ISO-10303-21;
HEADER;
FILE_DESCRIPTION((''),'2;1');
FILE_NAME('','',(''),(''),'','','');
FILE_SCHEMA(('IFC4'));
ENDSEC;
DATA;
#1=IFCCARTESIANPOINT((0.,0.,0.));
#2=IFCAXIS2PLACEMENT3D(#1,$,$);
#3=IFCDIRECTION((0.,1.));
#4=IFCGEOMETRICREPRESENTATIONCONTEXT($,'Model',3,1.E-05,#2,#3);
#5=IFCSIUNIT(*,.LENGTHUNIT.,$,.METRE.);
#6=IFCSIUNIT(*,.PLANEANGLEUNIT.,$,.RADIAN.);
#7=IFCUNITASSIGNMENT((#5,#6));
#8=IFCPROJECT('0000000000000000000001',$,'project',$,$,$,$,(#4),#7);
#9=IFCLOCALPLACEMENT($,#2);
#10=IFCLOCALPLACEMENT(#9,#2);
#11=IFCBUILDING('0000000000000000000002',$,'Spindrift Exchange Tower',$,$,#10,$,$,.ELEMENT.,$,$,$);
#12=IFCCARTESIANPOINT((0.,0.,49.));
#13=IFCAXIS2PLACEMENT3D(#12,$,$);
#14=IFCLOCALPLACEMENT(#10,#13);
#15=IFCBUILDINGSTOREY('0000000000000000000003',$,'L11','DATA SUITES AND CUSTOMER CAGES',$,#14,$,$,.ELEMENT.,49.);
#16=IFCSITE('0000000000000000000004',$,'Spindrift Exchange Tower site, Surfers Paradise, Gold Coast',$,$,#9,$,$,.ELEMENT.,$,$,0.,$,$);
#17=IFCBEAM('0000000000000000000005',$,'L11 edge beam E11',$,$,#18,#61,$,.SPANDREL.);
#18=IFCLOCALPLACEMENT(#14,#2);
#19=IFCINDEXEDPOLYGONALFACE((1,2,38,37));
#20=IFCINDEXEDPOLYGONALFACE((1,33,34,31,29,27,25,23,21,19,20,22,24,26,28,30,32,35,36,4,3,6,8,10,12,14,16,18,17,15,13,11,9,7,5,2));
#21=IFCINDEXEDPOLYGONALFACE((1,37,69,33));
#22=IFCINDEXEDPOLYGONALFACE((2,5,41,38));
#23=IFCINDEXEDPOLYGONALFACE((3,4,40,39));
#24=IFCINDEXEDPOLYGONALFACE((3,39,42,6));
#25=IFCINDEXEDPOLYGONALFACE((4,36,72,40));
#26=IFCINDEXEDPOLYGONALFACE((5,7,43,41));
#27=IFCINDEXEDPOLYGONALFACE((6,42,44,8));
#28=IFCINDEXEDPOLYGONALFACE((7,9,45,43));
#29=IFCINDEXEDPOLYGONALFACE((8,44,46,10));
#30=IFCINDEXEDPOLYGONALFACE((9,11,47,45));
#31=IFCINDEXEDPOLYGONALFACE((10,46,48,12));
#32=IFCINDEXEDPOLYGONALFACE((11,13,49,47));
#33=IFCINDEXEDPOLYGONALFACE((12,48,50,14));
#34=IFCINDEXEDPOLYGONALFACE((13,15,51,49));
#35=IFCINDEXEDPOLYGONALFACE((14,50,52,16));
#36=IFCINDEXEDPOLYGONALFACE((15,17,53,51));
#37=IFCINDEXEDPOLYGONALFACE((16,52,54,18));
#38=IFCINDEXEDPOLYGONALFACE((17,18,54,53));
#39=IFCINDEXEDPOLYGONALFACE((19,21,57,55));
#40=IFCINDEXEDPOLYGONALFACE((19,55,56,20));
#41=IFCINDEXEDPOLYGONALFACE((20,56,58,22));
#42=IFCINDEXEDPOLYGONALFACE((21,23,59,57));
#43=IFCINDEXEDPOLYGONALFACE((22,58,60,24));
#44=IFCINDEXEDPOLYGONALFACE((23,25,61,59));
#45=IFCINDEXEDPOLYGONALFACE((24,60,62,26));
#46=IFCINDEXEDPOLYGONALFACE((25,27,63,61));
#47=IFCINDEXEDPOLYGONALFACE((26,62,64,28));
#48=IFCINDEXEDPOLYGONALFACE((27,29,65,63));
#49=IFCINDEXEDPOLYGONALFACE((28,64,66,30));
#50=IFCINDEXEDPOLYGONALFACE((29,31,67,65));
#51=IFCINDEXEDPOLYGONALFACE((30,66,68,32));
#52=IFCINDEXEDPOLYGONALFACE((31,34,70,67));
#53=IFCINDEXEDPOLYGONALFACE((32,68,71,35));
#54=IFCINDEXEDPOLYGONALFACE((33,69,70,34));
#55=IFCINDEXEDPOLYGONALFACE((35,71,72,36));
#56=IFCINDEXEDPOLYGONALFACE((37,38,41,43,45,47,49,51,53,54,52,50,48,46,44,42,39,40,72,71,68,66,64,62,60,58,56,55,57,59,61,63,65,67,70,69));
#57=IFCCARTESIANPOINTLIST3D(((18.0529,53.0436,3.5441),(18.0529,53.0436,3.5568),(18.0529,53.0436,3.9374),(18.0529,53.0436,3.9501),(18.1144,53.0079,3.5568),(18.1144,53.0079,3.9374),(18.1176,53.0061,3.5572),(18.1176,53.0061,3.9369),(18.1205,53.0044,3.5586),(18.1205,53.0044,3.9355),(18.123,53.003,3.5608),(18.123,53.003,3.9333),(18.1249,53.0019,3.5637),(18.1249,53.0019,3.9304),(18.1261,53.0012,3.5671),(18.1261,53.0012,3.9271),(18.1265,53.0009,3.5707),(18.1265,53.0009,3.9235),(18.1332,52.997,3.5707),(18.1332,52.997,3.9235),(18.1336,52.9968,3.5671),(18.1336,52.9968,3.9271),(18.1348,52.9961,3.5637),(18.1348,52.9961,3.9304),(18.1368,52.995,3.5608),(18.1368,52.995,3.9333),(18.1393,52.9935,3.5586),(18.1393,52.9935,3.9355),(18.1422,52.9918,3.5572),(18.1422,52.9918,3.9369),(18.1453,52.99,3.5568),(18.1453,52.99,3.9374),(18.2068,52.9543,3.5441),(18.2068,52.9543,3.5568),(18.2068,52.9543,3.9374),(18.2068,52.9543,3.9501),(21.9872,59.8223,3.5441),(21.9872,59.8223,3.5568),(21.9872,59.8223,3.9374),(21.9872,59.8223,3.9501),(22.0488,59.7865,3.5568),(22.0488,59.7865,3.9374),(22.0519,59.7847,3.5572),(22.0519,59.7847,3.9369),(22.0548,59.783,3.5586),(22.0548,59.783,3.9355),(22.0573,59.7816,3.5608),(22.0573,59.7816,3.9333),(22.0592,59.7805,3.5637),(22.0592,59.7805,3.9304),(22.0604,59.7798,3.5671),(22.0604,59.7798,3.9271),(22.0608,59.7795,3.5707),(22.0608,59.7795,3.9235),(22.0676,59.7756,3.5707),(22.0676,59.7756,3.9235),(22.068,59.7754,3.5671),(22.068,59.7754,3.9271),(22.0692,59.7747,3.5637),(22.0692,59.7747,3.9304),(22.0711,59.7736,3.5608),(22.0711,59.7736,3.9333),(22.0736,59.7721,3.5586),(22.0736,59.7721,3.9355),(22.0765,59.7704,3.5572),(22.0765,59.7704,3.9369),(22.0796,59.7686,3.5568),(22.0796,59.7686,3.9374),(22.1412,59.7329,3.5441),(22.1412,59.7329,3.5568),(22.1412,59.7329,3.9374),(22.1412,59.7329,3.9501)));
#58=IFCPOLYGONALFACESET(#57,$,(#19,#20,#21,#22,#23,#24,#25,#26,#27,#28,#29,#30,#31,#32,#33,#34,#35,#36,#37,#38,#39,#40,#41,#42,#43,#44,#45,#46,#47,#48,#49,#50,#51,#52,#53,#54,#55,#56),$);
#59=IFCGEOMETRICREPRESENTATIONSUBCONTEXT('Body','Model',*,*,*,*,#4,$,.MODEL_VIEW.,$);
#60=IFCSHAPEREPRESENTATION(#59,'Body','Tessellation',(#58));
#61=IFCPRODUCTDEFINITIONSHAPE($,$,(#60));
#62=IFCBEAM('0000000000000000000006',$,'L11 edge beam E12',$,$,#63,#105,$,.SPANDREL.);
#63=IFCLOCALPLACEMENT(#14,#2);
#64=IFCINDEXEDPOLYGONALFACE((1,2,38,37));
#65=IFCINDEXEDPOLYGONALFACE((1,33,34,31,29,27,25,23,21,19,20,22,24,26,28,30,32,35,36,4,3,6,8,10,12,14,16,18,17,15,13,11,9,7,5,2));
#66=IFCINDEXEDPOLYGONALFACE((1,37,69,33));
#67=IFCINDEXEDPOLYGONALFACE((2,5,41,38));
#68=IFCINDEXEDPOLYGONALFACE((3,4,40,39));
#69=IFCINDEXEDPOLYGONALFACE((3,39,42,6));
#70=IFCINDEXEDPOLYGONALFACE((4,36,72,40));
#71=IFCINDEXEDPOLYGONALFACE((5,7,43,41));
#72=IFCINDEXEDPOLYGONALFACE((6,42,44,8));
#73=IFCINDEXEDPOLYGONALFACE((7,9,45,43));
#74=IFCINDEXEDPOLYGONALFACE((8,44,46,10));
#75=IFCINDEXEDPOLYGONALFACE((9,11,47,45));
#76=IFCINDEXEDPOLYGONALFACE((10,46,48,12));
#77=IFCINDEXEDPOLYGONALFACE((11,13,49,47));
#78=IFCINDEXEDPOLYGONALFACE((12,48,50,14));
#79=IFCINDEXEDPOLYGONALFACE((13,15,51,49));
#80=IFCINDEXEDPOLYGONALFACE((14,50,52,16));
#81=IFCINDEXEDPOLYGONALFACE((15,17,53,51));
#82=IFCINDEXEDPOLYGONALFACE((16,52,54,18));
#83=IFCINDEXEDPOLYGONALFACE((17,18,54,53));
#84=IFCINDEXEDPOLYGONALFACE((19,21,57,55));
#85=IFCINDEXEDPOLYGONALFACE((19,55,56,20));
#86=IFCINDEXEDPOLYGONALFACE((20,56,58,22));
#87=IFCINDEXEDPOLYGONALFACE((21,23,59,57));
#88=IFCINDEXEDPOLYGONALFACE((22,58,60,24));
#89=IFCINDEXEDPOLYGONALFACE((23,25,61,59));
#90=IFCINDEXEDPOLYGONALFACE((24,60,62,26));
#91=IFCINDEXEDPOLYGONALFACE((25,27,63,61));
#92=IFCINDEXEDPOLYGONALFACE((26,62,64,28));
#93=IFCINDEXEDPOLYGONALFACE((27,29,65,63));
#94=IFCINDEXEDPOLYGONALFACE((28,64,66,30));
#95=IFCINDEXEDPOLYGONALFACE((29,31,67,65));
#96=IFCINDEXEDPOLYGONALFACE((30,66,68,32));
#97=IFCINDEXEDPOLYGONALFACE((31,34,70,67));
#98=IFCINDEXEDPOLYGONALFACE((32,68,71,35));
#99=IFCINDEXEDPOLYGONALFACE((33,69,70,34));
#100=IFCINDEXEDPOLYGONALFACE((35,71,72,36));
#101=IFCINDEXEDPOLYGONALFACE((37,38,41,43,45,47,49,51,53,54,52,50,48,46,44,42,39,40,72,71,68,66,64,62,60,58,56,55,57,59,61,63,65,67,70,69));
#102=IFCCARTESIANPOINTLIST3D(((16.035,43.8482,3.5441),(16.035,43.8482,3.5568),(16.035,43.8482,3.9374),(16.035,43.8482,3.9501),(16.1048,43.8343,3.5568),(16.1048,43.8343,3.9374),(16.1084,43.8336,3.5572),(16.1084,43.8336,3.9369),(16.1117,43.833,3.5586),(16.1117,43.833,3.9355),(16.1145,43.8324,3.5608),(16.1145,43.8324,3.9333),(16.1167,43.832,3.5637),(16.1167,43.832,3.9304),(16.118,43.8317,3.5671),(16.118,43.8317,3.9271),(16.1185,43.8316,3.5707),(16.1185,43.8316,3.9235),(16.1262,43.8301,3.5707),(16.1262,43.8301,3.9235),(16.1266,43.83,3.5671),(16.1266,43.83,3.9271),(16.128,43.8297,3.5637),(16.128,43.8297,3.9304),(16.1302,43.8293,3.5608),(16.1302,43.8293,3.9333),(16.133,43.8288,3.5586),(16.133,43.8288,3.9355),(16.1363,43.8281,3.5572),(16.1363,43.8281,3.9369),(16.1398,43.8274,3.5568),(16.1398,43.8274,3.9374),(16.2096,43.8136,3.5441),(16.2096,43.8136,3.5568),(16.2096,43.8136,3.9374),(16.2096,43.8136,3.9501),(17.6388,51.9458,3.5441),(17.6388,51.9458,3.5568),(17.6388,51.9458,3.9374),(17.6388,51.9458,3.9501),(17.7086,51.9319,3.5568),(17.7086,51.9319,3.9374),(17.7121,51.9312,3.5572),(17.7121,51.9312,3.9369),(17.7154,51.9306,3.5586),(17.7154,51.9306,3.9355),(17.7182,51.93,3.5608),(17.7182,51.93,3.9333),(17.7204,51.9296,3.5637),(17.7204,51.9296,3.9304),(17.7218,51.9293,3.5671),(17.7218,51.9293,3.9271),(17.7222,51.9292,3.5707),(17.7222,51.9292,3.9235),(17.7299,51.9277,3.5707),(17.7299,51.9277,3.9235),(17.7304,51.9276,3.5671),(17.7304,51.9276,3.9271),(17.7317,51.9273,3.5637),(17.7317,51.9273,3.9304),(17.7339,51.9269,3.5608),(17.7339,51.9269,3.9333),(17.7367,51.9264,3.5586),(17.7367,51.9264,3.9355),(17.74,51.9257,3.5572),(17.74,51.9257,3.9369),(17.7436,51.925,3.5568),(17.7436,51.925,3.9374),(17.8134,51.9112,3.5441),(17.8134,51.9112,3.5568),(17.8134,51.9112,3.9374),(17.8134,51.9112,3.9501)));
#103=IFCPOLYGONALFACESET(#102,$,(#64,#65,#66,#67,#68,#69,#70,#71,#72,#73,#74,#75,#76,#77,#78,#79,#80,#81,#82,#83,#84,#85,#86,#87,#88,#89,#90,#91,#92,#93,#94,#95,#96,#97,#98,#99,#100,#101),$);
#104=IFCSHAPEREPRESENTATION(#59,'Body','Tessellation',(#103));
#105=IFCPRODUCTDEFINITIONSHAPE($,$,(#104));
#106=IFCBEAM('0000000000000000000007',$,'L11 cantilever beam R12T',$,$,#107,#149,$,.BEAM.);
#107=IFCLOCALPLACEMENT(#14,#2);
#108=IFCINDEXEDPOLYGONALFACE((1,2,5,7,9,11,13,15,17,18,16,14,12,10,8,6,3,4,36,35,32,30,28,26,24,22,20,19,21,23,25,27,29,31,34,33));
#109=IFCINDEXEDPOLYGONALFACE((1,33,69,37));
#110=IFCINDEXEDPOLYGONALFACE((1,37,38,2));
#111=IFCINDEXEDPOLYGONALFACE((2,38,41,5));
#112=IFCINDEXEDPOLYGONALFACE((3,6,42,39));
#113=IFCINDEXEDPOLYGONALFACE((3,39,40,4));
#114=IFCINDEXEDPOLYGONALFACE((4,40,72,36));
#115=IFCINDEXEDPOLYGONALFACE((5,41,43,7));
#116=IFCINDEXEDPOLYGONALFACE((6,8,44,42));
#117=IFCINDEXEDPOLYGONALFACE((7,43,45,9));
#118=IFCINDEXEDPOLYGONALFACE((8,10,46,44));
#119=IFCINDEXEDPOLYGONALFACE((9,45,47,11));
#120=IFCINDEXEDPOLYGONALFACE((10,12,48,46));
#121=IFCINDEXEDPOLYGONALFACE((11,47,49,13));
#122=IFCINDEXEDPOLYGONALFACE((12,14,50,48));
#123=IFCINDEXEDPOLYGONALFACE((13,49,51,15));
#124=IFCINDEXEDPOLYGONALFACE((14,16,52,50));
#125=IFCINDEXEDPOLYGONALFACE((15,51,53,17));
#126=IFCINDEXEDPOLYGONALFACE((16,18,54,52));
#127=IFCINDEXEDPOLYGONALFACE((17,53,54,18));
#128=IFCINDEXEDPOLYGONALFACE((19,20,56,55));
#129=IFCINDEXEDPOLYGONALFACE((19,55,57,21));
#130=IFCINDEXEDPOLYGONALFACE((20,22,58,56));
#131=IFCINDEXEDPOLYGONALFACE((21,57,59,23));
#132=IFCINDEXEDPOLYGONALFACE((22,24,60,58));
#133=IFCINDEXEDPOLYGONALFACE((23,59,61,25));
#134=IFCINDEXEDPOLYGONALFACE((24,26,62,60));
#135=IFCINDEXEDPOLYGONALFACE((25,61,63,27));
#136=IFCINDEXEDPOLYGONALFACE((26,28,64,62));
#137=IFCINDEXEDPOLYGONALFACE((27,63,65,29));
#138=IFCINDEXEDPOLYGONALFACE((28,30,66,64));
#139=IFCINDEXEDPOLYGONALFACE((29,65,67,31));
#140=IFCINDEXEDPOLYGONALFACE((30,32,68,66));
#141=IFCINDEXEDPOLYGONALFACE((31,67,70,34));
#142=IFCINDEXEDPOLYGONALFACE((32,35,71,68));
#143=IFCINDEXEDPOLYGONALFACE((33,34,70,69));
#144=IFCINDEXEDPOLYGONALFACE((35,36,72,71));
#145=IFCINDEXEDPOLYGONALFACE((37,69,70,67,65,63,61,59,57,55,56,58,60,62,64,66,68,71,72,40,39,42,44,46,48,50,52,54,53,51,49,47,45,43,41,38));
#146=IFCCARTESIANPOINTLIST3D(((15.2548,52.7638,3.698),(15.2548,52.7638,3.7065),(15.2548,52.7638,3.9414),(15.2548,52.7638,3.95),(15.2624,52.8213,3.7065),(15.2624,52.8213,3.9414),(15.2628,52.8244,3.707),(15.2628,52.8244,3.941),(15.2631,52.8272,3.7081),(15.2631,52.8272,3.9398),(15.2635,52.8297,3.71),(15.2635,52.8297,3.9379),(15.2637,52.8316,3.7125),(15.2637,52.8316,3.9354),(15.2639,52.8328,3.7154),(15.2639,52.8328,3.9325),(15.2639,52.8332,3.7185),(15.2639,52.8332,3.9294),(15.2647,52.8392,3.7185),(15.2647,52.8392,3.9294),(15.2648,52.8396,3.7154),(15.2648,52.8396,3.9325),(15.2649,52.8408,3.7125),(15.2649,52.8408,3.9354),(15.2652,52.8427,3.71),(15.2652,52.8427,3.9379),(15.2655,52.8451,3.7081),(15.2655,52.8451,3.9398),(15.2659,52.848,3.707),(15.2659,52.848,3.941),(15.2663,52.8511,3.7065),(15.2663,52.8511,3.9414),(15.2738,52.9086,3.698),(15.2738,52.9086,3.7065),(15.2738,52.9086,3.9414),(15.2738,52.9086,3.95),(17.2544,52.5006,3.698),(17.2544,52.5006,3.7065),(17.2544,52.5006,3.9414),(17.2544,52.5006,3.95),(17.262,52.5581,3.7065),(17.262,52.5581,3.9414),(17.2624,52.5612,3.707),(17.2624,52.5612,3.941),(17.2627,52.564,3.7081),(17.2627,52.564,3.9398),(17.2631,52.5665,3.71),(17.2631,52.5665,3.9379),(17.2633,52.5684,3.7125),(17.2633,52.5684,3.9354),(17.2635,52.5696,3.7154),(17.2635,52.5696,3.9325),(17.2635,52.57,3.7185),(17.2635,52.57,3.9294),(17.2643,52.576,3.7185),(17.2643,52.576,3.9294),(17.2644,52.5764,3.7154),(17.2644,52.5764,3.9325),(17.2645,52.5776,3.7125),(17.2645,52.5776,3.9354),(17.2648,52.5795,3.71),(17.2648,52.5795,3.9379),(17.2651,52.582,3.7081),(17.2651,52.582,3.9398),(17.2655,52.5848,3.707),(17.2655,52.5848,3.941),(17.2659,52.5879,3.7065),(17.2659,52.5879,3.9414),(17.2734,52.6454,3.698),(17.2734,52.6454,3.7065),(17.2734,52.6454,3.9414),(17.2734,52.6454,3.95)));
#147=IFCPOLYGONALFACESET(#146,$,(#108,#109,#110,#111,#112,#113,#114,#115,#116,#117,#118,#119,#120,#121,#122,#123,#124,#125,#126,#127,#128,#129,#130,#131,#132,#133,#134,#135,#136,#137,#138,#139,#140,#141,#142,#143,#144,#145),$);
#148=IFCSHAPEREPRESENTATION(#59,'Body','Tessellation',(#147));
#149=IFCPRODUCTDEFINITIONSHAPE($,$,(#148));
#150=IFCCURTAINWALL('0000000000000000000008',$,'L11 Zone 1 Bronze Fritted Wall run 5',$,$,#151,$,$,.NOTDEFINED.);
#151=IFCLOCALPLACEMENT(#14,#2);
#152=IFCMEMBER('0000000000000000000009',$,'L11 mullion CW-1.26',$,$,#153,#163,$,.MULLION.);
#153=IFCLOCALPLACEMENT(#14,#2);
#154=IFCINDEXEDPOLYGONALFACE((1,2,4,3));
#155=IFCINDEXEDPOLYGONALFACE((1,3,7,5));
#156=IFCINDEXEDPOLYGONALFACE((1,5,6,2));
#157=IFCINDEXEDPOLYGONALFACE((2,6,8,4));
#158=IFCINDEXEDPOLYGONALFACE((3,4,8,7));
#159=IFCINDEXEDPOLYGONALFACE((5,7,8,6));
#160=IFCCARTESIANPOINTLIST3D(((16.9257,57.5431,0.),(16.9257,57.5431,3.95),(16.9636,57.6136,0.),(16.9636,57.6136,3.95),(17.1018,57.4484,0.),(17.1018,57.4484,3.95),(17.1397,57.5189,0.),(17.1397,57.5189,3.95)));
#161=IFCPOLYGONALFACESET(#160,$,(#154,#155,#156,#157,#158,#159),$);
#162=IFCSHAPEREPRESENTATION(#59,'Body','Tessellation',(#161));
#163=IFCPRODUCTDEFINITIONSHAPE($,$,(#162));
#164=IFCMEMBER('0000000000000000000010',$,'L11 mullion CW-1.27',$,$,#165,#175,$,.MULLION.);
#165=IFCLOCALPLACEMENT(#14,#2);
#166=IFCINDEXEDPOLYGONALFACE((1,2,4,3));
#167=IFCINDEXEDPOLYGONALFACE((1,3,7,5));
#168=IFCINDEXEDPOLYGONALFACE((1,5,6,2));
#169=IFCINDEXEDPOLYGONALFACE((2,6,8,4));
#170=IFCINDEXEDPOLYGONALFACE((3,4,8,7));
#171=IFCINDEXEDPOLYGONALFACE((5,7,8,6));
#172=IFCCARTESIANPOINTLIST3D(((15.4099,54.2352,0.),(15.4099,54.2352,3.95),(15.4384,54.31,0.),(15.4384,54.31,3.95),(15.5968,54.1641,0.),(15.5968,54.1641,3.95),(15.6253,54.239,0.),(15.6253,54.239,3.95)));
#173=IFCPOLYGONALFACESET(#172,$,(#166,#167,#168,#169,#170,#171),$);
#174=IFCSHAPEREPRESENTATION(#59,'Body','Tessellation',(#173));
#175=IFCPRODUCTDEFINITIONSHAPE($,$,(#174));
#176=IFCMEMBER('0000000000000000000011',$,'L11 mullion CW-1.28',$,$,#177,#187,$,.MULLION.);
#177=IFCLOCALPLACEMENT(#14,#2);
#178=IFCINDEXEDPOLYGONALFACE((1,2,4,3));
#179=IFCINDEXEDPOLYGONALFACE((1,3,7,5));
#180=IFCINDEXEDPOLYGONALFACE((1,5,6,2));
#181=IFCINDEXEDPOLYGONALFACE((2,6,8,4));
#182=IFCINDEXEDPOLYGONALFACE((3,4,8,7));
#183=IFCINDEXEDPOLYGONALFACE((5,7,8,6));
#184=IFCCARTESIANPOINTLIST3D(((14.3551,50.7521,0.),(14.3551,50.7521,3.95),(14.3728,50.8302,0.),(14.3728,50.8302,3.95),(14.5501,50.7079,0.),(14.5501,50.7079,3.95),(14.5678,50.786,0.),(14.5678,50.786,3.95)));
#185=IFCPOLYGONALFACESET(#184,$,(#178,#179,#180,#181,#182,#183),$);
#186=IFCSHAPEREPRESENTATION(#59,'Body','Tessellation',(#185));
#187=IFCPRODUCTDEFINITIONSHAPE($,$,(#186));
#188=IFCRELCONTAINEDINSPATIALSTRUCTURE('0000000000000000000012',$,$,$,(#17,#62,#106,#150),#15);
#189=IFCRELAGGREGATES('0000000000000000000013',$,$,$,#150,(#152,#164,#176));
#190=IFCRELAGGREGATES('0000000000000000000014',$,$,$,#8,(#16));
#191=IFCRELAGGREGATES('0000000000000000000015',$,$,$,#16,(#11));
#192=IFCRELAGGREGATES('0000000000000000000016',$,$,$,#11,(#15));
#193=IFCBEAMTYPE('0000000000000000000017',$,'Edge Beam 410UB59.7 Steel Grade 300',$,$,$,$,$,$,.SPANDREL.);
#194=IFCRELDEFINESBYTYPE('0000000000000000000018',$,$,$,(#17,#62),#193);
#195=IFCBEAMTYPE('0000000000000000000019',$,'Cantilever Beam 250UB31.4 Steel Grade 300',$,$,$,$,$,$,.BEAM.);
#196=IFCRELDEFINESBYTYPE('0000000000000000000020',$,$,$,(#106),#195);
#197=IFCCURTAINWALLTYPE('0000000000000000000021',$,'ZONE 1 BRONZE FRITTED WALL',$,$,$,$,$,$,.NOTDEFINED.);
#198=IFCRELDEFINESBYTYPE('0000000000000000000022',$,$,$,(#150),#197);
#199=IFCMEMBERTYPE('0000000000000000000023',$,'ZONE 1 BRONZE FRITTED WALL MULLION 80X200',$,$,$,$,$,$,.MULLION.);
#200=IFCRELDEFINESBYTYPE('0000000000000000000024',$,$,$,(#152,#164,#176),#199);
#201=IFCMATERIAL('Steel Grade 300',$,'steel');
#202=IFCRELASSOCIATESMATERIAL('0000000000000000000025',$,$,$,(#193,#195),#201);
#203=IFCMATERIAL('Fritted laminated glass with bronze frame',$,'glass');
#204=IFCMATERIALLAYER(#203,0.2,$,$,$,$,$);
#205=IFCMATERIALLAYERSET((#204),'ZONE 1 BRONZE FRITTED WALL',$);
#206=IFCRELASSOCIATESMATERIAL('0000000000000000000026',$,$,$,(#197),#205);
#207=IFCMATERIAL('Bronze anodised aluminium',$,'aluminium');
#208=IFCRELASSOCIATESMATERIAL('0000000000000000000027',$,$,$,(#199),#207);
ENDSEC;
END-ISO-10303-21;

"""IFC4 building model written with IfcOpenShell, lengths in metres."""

from ifc_helpers import new_model, si_unit, direction, frame, origin, origin_2d, place, context, subcontext, project, spatial, rectangle, i_section, extrude, source, transform, mapped, material, layer, layer_set, material_profile, profile_set, type_object, element, aggregate, save


model = new_model("IFC4")

# Units and contexts
model_context = context("Model", 3, precision=1e-05, world=origin(), true_north=direction((0.0, 1.0)))
body_context = subcontext(model_context, "Body", "Model", "MODEL_VIEW")
ifc_project = project(units=[si_unit("LENGTHUNIT", "METRE"), si_unit("PLANEANGLEUNIT", "RADIAN")], contexts=[model_context])

# Site, building, storey
site_placement = place(None, origin())
site = spatial("IfcSite", under=ifc_project, at=site_placement, Name="Spindrift Exchange Tower site, Surfers Paradise, Gold Coast", CompositionType="ELEMENT", RefElevation=0.0)
building_placement = place(site_placement, origin())
building = spatial("IfcBuilding", under=site, at=building_placement, Name="Spindrift Exchange Tower", CompositionType="ELEMENT")
storey_placement = place(building_placement, frame((0.0, 0.0, 49.0)))
storey = spatial("IfcBuildingStorey", under=building, at=storey_placement, Name="L11", Description="DATA SUITES AND CUSTOMER CAGES", CompositionType="ELEMENT", Elevation=49.0)

# Beams
ifc_material_1 = material(Name="Steel Grade 300", Category="steel")
ifc_material_profile_1 = material_profile(ifc_material_1, i_section(OverallWidth=0.178, OverallDepth=0.406, WebThickness=0.0078, FlangeThickness=0.0127, FilletRadius=0.0139, at=origin_2d()), Name="410UB59.7")
ifc_profile_set_1 = profile_set([ifc_material_profile_1], Name="Steel Grade 300")
beam_type_1 = type_object("IfcBeamType", Name="Edge Beam 410UB59.7 Steel Grade 300", PredefinedType="SPANDREL", material=ifc_profile_set_1)
shared_shape_1 = source(origin(), body_context, "Body", "SweptSolid", [
    extrude(i_section(OverallWidth=0.178, OverallDepth=0.406, WebThickness=0.0078, FlangeThickness=0.0127, FilletRadius=0.0139, at=origin_2d()), origin(), (0.0, 0.0, 1.0), 7.8376),
])
beam_1_placement = place(storey_placement, frame((22.0642, 59.7776, 3.7471), z_axis=(-0.501981, -0.864878, 0.0), x_axis=(0.864878, -0.501981, 0.0)))
element("IfcBeam", 1, at=beam_1_placement, inside=storey, type_object=beam_type_1, Name="L11 edge beam E11", PredefinedType="SPANDREL", context=body_context, shape_type="MappedRepresentation", body=[
    mapped(shared_shape_1, transform((0.0, 0.0, 0.0), scale=1.0)),
])
shared_shape_2 = source(origin(), body_context, "Body", "SweptSolid", [
    extrude(i_section(OverallWidth=0.178, OverallDepth=0.406, WebThickness=0.0078, FlangeThickness=0.0127, FilletRadius=0.0139, at=origin_2d()), origin(), (0.0, 0.0, 1.0), 8.2549),
])
beam_2_placement = place(storey_placement, frame((17.7261, 51.9285, 3.7471), z_axis=(-0.194279, -0.980946, 0.0), x_axis=(0.980946, -0.194279, 0.0)))
element("IfcBeam", 2, at=beam_2_placement, inside=storey, type_object=beam_type_1, Name="L11 edge beam E12", PredefinedType="SPANDREL", context=body_context, shape_type="MappedRepresentation", body=[
    mapped(shared_shape_2, transform((0.0, 0.0, 0.0), scale=1.0)),
])
ifc_material_profile_2 = material_profile(ifc_material_1, i_section(OverallWidth=0.146, OverallDepth=0.252, WebThickness=0.0061, FlangeThickness=0.0085, FilletRadius=0.012, at=origin_2d()), Name="250UB31.4")
ifc_profile_set_2 = profile_set([ifc_material_profile_2], Name="Steel Grade 300")
beam_type_2 = type_object("IfcBeamType", Name="Cantilever Beam 250UB31.4 Steel Grade 300", PredefinedType="BEAM", material=ifc_profile_set_2)
shared_shape_3 = source(origin(), body_context, "Body", "SweptSolid", [
    extrude(i_section(OverallWidth=0.146, OverallDepth=0.252, WebThickness=0.0061, FlangeThickness=0.0085, FilletRadius=0.012, at=origin_2d()), origin(), (0.0, 0.0, 1.0), 2.0168),
])
beam_3_placement = place(storey_placement, frame((17.2639, 52.573, 3.824), z_axis=(-0.991449, 0.130498, 0.0), x_axis=(-0.130498, -0.991449, 0.0)))
element("IfcBeam", 3, at=beam_3_placement, inside=storey, type_object=beam_type_2, Name="L11 cantilever beam R12T", PredefinedType="BEAM", context=body_context, shape_type="MappedRepresentation", body=[
    mapped(shared_shape_3, transform((0.0, 0.0, 0.0), scale=1.0)),
])

# Curtain wall, members
ifc_material_2 = material(Name="Fritted laminated glass with bronze frame", Category="glass")
ifc_layer_1 = layer(ifc_material_2, 0.2)
ifc_layer_set_1 = layer_set([ifc_layer_1], Name="ZONE 1 BRONZE FRITTED WALL")
curtain_wall_type = type_object("IfcCurtainWallType", Name="ZONE 1 BRONZE FRITTED WALL", PredefinedType="NOTDEFINED", material=ifc_layer_set_1)
curtain_wall_placement = place(storey_placement, origin())
curtain_wall = element("IfcCurtainWall", 4, at=curtain_wall_placement, inside=storey, type_object=curtain_wall_type, Name="L11 Zone 1 Bronze Fritted Wall run 5", PredefinedType="NOTDEFINED")
ifc_material_3 = material(Name="Bronze anodised aluminium", Category="aluminium")
ifc_material_profile_3 = material_profile(ifc_material_3, rectangle(XDim=0.0801, YDim=0.2, at=origin_2d()), Name="ZONE 1 BRONZE FRITTED WALL MULLION 80X200")
ifc_profile_set_3 = profile_set([ifc_material_profile_3], Name="Bronze anodised aluminium")
member_type_1 = type_object("IfcMemberType", Name="ZONE 1 BRONZE FRITTED WALL MULLION 80X200", PredefinedType="MULLION", material=ifc_profile_set_3)
shared_shape_4 = source(origin(), body_context, "Body", "SweptSolid", [
    extrude(rectangle(XDim=0.0801, YDim=0.2, at=origin_2d()), origin(), (0.0, 0.0, 1.0), 3.95),
])
member_1_placement = place(storey_placement, frame((17.0327, 57.531, 0.0), z_axis=(0.0, 0.0, 1.0), x_axis=(-0.473733, -0.880669, 0.0)))
member_1 = element("IfcMember", 5, at=member_1_placement, type_object=member_type_1, Name="L11 mullion CW-1.26", PredefinedType="MULLION", context=body_context, shape_type="MappedRepresentation", body=[
    mapped(shared_shape_4, transform((0.0, 0.0, 0.0), scale=1.0)),
])
member_2_placement = place(storey_placement, frame((15.5176, 54.2371, 0.0), z_axis=(0.0, 0.0, 1.0), x_axis=(-0.355433, -0.934702, 0.0)))
member_2 = element("IfcMember", 6, at=member_2_placement, type_object=member_type_1, Name="L11 mullion CW-1.27", PredefinedType="MULLION", context=body_context, shape_type="MappedRepresentation", body=[
    mapped(shared_shape_4, transform((0.0, 0.0, 0.0), scale=1.0)),
])
member_3_placement = place(storey_placement, frame((14.4614, 50.769, 0.0), z_axis=(0.0, 0.0, 1.0), x_axis=(-0.220776, -0.975325, 0.0)))
member_3 = element("IfcMember", 7, at=member_3_placement, type_object=member_type_1, Name="L11 mullion CW-1.28", PredefinedType="MULLION", context=body_context, shape_type="MappedRepresentation", body=[
    mapped(shared_shape_4, transform((0.0, 0.0, 0.0), scale=1.0)),
])
aggregate(curtain_wall, [member_1, member_2, member_3])

save(model, "model.ifc")
